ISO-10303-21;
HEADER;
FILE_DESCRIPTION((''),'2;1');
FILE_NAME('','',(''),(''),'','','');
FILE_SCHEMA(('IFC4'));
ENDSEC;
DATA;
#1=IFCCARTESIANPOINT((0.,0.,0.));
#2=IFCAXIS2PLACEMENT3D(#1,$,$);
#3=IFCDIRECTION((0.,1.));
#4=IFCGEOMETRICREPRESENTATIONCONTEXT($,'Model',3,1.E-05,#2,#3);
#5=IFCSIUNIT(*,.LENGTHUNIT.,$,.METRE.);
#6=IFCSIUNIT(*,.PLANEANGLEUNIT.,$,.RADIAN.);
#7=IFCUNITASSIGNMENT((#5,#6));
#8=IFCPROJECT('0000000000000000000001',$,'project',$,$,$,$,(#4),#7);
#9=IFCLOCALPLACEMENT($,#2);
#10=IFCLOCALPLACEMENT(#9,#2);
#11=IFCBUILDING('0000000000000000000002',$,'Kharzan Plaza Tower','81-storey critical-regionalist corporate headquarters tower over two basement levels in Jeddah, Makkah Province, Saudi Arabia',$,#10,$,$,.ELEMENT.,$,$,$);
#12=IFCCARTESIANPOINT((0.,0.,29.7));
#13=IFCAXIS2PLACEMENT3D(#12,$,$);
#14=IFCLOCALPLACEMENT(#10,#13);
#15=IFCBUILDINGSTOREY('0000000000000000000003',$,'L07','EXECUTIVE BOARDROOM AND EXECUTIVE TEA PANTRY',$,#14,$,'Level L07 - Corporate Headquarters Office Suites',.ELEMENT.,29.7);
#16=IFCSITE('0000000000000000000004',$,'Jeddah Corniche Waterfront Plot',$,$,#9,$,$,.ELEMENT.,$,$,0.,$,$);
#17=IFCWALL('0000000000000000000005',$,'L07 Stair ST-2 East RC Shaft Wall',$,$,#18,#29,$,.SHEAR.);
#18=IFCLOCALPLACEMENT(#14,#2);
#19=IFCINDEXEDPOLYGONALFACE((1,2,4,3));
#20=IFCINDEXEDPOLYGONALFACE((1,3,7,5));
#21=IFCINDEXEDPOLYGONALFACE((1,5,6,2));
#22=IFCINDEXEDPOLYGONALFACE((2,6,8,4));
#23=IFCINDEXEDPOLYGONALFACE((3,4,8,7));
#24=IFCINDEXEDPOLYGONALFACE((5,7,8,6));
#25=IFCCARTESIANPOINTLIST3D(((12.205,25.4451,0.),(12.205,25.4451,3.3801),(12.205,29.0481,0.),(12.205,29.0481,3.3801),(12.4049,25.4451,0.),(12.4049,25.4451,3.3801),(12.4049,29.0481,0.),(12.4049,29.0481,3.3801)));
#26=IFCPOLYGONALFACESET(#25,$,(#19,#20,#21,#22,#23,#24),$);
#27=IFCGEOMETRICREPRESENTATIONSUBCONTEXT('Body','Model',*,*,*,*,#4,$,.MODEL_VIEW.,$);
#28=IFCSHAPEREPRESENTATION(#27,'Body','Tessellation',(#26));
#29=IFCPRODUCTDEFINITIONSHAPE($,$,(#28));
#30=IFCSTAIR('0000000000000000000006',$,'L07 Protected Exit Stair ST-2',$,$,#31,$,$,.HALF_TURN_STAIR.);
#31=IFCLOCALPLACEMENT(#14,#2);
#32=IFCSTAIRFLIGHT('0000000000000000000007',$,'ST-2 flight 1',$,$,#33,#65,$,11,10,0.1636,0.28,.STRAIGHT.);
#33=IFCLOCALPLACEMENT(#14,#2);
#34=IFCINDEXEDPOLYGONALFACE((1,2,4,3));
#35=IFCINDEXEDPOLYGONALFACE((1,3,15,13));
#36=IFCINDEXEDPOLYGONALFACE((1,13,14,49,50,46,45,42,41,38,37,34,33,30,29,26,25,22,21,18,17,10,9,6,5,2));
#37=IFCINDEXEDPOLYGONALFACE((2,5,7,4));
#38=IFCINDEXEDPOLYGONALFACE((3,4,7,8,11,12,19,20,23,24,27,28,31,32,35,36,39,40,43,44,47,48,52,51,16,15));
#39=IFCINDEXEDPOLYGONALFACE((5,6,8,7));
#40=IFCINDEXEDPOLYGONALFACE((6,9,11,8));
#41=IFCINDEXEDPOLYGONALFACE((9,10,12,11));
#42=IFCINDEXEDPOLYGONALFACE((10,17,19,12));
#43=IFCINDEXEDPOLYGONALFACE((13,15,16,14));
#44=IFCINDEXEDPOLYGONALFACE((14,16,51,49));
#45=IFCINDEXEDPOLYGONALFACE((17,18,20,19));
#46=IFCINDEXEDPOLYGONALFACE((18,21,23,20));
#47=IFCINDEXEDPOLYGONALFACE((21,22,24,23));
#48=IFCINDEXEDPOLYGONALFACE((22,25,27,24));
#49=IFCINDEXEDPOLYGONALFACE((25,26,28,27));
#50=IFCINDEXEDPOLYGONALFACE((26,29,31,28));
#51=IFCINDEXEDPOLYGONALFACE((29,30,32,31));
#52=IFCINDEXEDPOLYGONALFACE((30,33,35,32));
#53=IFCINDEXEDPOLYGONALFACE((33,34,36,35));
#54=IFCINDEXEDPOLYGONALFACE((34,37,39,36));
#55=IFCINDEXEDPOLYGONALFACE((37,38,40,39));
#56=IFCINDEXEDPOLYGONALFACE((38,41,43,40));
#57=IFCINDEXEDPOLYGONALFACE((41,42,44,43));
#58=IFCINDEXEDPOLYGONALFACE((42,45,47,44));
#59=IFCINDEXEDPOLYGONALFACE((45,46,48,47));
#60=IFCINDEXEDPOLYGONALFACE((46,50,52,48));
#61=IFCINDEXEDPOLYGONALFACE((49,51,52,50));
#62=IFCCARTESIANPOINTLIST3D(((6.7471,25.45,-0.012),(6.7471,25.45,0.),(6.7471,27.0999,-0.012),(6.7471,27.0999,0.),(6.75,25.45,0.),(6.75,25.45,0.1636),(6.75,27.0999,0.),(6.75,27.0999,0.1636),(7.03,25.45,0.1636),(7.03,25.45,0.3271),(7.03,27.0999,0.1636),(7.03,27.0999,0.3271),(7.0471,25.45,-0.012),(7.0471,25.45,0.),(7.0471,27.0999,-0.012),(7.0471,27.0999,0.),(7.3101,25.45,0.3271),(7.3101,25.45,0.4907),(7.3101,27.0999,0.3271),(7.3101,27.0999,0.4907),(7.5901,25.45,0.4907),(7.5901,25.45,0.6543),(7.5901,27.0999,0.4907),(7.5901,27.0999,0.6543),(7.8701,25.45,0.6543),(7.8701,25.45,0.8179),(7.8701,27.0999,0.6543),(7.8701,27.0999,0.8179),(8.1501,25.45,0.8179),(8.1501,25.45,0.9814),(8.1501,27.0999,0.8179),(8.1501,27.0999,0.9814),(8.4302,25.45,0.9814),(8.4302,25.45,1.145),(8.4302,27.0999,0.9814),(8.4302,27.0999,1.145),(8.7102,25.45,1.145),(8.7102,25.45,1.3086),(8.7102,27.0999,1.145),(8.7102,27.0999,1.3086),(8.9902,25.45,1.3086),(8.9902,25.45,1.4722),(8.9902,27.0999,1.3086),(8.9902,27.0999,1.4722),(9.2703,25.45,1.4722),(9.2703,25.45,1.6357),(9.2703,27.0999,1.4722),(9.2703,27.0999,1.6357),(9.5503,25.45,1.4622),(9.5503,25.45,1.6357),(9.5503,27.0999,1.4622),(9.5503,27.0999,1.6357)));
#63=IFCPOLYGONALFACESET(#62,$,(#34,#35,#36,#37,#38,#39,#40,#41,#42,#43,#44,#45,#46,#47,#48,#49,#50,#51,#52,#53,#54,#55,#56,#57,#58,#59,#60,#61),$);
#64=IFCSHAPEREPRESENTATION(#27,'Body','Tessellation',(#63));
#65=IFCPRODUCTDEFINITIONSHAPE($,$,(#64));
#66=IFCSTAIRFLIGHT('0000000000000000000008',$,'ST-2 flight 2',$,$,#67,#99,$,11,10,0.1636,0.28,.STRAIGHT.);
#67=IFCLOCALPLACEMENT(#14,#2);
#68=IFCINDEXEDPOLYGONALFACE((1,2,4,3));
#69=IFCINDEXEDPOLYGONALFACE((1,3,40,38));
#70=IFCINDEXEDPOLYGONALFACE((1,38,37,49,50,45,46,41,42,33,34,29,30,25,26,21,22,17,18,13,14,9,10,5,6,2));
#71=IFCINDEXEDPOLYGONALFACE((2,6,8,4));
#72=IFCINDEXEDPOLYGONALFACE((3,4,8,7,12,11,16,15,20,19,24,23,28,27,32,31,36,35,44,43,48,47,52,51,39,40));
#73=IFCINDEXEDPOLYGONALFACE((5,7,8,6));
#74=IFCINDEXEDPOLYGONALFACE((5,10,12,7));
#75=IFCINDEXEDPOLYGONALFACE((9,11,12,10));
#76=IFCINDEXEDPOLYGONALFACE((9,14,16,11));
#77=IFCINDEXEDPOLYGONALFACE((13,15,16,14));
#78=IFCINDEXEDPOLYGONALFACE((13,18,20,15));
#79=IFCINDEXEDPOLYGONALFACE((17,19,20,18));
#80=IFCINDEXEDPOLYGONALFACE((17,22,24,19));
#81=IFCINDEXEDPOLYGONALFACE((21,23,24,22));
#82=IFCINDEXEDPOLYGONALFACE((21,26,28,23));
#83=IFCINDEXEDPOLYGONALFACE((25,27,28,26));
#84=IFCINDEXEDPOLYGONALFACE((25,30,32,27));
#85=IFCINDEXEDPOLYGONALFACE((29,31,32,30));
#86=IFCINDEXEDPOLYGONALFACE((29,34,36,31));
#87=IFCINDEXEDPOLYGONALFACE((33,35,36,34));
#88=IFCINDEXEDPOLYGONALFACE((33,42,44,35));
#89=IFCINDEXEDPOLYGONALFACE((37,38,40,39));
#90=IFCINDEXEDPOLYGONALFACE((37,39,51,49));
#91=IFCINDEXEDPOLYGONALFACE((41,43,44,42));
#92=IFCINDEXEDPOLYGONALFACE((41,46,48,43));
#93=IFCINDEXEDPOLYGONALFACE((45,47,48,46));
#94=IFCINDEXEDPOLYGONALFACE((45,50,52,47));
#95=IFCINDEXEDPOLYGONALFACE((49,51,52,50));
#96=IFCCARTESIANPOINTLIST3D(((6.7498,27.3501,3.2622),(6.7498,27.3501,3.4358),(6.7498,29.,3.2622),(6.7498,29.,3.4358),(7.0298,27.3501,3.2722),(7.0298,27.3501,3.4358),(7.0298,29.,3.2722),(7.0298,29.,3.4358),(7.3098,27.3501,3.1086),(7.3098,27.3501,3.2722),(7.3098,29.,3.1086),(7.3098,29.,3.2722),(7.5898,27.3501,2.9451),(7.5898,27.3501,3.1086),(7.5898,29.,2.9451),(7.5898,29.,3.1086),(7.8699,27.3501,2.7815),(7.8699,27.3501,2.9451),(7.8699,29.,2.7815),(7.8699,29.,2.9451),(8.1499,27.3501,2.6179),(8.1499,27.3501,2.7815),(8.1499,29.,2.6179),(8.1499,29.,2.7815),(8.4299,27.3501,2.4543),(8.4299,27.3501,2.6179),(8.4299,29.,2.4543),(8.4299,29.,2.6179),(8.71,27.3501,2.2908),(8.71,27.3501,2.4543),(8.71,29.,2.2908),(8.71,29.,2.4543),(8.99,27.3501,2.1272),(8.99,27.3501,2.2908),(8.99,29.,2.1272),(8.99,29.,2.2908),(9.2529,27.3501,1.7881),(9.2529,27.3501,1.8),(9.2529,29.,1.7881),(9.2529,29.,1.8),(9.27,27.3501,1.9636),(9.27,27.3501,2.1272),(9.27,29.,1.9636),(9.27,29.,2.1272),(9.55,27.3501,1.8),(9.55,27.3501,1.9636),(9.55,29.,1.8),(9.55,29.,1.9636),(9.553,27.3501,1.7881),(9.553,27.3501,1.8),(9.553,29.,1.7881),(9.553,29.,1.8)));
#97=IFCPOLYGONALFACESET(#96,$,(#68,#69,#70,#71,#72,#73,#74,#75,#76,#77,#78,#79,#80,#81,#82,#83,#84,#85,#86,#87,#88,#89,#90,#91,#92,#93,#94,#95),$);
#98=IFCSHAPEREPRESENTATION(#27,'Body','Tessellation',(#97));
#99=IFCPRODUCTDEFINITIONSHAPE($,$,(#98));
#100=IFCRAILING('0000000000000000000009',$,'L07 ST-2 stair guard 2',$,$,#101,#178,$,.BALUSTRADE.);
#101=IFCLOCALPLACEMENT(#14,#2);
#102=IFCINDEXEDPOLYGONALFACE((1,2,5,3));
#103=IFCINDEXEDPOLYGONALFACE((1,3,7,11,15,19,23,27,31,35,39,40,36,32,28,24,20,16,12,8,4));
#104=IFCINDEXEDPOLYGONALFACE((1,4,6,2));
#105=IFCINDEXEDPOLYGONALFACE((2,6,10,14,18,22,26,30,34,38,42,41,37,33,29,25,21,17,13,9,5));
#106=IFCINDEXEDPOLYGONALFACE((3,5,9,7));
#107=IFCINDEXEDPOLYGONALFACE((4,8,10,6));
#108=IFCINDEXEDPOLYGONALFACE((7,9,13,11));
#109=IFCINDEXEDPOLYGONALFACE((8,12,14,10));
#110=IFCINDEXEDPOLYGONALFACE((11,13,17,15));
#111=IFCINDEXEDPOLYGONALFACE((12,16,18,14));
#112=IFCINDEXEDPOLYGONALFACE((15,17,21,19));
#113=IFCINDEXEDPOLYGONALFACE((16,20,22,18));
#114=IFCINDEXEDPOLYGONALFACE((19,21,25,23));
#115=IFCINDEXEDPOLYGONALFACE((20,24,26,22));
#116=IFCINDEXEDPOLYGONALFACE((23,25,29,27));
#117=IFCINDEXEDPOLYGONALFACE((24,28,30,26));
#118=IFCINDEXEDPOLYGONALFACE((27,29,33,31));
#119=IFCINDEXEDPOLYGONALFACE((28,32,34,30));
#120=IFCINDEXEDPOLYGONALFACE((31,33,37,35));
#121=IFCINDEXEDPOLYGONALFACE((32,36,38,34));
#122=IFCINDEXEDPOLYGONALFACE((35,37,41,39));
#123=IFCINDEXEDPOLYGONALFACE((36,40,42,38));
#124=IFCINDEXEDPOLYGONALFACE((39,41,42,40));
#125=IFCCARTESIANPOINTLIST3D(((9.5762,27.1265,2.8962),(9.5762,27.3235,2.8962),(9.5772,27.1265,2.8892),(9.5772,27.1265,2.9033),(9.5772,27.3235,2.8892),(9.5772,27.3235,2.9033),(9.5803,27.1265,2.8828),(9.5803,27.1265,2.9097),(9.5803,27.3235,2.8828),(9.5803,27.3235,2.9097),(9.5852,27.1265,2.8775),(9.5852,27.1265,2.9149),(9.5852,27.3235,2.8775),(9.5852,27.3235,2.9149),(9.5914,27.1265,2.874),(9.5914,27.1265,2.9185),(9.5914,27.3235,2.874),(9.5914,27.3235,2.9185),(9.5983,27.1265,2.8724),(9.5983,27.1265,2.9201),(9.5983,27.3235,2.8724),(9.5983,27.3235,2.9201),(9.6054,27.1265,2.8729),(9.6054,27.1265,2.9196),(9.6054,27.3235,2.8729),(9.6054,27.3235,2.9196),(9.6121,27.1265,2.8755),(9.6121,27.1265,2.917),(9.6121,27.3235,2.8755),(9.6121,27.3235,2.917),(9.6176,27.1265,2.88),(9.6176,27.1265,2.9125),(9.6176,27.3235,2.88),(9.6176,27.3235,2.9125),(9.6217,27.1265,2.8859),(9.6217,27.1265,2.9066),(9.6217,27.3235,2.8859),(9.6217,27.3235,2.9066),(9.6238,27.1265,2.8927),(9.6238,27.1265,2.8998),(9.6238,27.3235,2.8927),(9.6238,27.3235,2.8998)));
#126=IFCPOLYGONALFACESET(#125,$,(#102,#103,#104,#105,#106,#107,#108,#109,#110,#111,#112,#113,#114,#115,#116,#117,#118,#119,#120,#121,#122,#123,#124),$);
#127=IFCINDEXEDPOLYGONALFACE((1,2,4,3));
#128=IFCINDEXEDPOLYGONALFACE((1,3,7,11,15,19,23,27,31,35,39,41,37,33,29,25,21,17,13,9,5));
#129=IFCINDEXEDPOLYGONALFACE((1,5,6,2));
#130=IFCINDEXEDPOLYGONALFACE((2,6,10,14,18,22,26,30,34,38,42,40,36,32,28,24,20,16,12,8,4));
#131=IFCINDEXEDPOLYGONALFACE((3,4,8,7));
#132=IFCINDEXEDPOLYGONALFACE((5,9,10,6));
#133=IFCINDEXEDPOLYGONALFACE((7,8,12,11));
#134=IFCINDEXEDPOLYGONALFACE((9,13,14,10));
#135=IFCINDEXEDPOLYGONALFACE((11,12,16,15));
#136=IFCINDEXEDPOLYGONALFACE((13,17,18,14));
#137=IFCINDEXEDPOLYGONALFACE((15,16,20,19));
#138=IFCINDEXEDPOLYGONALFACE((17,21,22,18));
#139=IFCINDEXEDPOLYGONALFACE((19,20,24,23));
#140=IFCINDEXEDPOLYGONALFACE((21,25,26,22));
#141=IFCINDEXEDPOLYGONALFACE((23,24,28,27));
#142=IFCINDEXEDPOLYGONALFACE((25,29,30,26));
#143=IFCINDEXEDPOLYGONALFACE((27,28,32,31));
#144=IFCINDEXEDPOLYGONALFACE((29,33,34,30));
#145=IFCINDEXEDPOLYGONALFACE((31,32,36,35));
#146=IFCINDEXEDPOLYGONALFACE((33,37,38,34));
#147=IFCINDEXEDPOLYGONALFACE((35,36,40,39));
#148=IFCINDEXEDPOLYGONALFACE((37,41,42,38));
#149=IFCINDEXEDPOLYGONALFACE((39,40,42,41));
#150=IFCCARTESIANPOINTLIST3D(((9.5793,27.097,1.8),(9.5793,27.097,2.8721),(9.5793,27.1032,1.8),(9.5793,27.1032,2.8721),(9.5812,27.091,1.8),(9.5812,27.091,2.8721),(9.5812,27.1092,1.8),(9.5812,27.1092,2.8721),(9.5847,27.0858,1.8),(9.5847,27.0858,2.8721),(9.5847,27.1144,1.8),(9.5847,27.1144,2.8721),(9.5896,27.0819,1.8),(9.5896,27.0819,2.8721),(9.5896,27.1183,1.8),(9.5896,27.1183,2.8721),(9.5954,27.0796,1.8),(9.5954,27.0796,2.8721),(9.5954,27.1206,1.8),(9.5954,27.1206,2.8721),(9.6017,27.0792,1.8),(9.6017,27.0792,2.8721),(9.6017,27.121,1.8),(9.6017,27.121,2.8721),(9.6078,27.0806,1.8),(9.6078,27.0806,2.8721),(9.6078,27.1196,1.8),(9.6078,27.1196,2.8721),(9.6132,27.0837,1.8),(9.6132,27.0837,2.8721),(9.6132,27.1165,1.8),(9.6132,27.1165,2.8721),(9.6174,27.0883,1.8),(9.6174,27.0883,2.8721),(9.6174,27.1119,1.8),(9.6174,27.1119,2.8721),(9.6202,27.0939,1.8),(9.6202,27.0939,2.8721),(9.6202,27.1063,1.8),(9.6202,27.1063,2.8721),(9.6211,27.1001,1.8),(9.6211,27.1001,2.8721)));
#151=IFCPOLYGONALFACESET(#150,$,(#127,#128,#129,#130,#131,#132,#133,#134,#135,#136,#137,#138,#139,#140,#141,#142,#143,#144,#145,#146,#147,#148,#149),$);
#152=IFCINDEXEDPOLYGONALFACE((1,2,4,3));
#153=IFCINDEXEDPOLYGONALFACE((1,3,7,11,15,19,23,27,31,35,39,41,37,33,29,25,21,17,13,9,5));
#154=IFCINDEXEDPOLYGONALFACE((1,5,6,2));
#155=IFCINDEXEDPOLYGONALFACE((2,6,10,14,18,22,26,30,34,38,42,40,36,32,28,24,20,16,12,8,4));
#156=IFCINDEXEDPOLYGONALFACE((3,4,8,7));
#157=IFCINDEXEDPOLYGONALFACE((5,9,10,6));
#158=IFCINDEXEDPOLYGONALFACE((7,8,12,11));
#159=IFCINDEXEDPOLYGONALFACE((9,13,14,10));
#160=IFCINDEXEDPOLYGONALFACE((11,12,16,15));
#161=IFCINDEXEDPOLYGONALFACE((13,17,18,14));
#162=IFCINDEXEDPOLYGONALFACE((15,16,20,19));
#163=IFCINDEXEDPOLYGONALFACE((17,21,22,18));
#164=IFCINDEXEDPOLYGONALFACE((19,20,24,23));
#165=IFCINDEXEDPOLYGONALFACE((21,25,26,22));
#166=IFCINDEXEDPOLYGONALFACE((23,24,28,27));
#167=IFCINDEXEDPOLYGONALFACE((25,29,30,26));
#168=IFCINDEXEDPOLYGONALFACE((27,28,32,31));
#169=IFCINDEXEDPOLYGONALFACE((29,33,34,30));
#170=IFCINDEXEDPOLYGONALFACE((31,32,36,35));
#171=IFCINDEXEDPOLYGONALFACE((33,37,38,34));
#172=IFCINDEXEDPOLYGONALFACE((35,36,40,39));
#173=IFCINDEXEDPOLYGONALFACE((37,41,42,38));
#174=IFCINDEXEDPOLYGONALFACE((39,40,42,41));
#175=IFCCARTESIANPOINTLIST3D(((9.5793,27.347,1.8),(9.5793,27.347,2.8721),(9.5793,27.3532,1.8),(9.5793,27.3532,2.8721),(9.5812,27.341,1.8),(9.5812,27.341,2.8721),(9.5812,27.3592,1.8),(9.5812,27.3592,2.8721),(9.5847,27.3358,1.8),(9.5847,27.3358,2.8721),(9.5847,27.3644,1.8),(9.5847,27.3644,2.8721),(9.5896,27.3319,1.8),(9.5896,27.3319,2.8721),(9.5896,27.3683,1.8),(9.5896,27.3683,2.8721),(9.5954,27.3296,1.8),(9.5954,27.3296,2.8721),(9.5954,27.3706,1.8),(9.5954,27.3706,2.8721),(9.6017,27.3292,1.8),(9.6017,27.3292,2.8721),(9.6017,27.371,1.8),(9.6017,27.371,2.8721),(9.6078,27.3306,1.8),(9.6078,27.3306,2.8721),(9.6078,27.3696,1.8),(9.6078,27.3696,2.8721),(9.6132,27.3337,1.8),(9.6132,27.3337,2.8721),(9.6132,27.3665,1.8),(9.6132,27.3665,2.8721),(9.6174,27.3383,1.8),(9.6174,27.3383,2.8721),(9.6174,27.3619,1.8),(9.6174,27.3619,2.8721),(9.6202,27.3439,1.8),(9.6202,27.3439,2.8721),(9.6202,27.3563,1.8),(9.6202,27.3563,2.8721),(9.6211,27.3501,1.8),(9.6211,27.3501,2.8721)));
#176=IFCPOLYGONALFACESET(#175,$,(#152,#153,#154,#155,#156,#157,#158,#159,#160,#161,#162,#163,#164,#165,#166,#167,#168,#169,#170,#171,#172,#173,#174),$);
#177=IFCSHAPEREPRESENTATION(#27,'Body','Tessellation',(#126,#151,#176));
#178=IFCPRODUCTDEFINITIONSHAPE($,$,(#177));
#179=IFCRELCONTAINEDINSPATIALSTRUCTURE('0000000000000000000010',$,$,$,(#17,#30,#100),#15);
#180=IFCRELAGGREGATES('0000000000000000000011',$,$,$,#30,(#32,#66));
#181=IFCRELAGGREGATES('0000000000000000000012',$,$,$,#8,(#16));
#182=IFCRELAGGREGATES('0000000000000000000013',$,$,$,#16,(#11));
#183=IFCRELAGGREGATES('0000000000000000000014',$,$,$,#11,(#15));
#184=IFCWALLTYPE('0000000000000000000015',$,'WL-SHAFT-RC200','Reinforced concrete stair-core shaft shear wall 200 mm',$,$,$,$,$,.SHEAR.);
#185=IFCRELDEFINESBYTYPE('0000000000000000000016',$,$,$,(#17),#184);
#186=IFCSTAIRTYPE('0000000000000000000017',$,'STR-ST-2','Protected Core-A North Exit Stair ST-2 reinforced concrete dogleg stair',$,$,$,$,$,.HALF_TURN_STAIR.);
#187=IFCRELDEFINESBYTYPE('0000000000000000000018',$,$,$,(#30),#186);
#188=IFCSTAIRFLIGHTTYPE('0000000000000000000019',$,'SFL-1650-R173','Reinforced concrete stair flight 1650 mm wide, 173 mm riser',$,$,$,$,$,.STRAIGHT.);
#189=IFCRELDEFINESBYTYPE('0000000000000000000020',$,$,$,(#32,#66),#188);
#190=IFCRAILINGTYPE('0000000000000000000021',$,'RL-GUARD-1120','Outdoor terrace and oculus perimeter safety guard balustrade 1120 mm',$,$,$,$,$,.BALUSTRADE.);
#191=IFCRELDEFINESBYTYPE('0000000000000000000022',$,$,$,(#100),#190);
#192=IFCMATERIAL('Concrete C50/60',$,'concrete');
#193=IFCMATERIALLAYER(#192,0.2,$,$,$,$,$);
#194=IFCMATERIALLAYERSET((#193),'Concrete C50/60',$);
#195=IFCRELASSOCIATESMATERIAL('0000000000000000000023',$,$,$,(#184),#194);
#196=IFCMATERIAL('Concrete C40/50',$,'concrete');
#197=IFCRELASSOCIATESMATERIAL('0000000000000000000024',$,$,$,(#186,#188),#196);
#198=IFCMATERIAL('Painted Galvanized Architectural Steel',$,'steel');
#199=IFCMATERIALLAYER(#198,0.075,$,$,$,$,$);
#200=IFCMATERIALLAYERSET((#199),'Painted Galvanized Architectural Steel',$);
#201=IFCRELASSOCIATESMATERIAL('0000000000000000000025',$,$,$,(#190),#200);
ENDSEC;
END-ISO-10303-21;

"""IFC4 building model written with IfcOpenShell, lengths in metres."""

from ifc_helpers import new_model, si_unit, direction, frame, frame_2d, origin, origin_2d, place, context, subcontext, project, spatial, polyline, rectangle, circle, outline, extrude, source, transform, mapped, material, layer, layer_set, type_object, element, aggregate, save


model = new_model("IFC4")

# Units and contexts
model_context = context("Model", 3, precision=1e-05, world=origin(), true_north=direction((0.0, 1.0)))
body_context = subcontext(model_context, "Body", "Model", "MODEL_VIEW")
ifc_project = project(units=[si_unit("LENGTHUNIT", "METRE"), si_unit("PLANEANGLEUNIT", "RADIAN")], contexts=[model_context])

# Site, building, storey
site_placement = place(None, origin())
site = spatial("IfcSite", under=ifc_project, at=site_placement, Name="Jeddah Corniche Waterfront Plot", CompositionType="ELEMENT", RefElevation=0.0)
building_placement = place(site_placement, origin())
building = spatial("IfcBuilding", under=site, at=building_placement, Name="Kharzan Plaza Tower", Description="81-storey critical-regionalist corporate headquarters tower over two basement levels in Jeddah, Makkah Province, Saudi Arabia", CompositionType="ELEMENT")
storey_placement = place(building_placement, frame((0.0, 0.0, 29.7)))
storey = spatial("IfcBuildingStorey", under=building, at=storey_placement, Name="L07", Description="EXECUTIVE BOARDROOM AND EXECUTIVE TEA PANTRY", LongName="Level L07 - Corporate Headquarters Office Suites", CompositionType="ELEMENT", Elevation=29.7)

# Shared definitions
ifc_material_1 = material(Name="Concrete C40/50", Category="concrete")

# Wall
ifc_material_2 = material(Name="Concrete C50/60", Category="concrete")
ifc_layer_1 = layer(ifc_material_2, 0.2)
ifc_layer_set_1 = layer_set([ifc_layer_1], Name="Concrete C50/60")
wall_type_1 = type_object("IfcWallType", Name="WL-SHAFT-RC200", Description="Reinforced concrete stair-core shaft shear wall 200 mm", PredefinedType="SHEAR", material=ifc_layer_set_1)
shared_shape_1 = source(origin(), body_context, "Body", "SweptSolid", [
    extrude(rectangle(XDim=3.603, YDim=0.2, at=frame_2d((1.8015, 0.0))), origin(), (0.0, 0.0, 1.0), 3.3801),
])
wall_1_placement = place(storey_placement, frame((12.3049, 25.4451, 0.0), z_axis=(0.0, 0.0, 1.0), x_axis=(0.0, 1.0, 0.0)))
element("IfcWall", 1, at=wall_1_placement, inside=storey, type_object=wall_type_1, Name="L07 Stair ST-2 East RC Shaft Wall", PredefinedType="SHEAR", context=body_context, shape_type="MappedRepresentation", body=[
    mapped(shared_shape_1, transform((0.0, 0.0, 0.0), x_axis=(1.0, 0.0, 0.0), y_axis=(0.0, 1.0, 0.0), z_axis=(0.0, 0.0, 1.0))),
])

# Stair, stair flights
stair_type = type_object("IfcStairType", Name="STR-ST-2", Description="Protected Core-A North Exit Stair ST-2 reinforced concrete dogleg stair", PredefinedType="HALF_TURN_STAIR", material=ifc_material_1)
stair_placement = place(storey_placement, origin())
stair = element("IfcStair", 2, at=stair_placement, inside=storey, type_object=stair_type, Name="L07 Protected Exit Stair ST-2", PredefinedType="HALF_TURN_STAIR")
stair_flight_type = type_object("IfcStairFlightType", Name="SFL-1650-R173", Description="Reinforced concrete stair flight 1650 mm wide, 173 mm riser", PredefinedType="STRAIGHT", material=ifc_material_1)
shared_shape_2 = source(origin(), body_context, "Body", "SweptSolid", [
    extrude(outline(polyline([(-0.0029, -0.012), (-0.0029, 0.0), (0.0, 0.0), (0.0, 0.1636), (0.28, 0.1636), (0.28, 0.3271), (0.5601, 0.3271), (0.5601, 0.4907), (0.8401, 0.4907), (0.8401, 0.6543), (1.1201, 0.6543), (1.1201, 0.8179), (1.4001, 0.8179), (1.4001, 0.9814), (1.6802, 0.9814), (1.6802, 1.145), (1.9602, 1.145), (1.9602, 1.3086), (2.2402, 1.3086), (2.2402, 1.4722), (2.5203, 1.4722), (2.5203, 1.6357), (2.8003, 1.6357), (2.8003, 1.7993), (2.8003, 1.4622), (0.2971, 0.0), (0.2971, -0.012), (-0.0029, -0.012)])), frame((0.0, 0.825, 0.0), z_axis=(0.0, -1.0, 0.0), x_axis=(1.0, 0.0, 0.0)), (0.0, 0.0, 1.0), 1.6499),
])
stair_flight_1_placement = place(storey_placement, frame((6.75, 26.2749, 0.0), z_axis=(0.0, 0.0, 1.0), x_axis=(1.0, 0.0, 0.0)))
stair_flight_1 = element("IfcStairFlight", 3, at=stair_flight_1_placement, type_object=stair_flight_type, Name="ST-2 flight 1", NumberOfRisers=11, NumberOfTreads=10, PredefinedType="STRAIGHT", RiserHeight=0.1636, TreadLength=0.28, context=body_context, shape_type="MappedRepresentation", body=[
    mapped(shared_shape_2, transform((0.0, 0.0, 0.0), x_axis=(1.0, 0.0, 0.0), y_axis=(0.0, 1.0, 0.0), z_axis=(0.0, 0.0, 1.0))),
])
stair_flight_2_placement = place(storey_placement, frame((9.55, 28.175, 1.8), z_axis=(0.0, 0.0, 1.0), x_axis=(-1.0, 0.0, 0.0)))
stair_flight_2 = element("IfcStairFlight", 4, at=stair_flight_2_placement, type_object=stair_flight_type, Name="ST-2 flight 2", NumberOfRisers=11, NumberOfTreads=10, PredefinedType="STRAIGHT", RiserHeight=0.1636, TreadLength=0.28, context=body_context, shape_type="MappedRepresentation", body=[
    mapped(shared_shape_2, transform((0.0, 0.0, 0.0), x_axis=(1.0, 0.0, 0.0), y_axis=(0.0, 1.0, 0.0), z_axis=(0.0, 0.0, 1.0))),
])
aggregate(stair, [stair_flight_1, stair_flight_2])

# Railing
ifc_material_3 = material(Name="Painted Galvanized Architectural Steel", Category="steel")
ifc_layer_2 = layer(ifc_material_3, 0.075)
ifc_layer_set_2 = layer_set([ifc_layer_2], Name="Painted Galvanized Architectural Steel")
railing_type_1 = type_object("IfcRailingType", Name="RL-GUARD-1120", Description="Outdoor terrace and oculus perimeter safety guard balustrade 1120 mm", PredefinedType="BALUSTRADE", material=ifc_layer_set_2)
shared_shape_3 = source(origin(), body_context, "Body", "SweptSolid", [
    extrude(circle(Radius=0.0239, at=origin_2d()), frame((0.0, 0.0264, 1.0962), z_axis=(0.0, 1.0, 0.0), x_axis=(-1.0, 0.0, 0.0)), (0.0, 0.0, 1.0), 0.197),
    extrude(circle(Radius=0.021, at=origin_2d()), origin(), (0.0, 0.0, 1.0), 1.072),
    extrude(circle(Radius=0.021, at=origin_2d()), frame((0.0, 0.25, 0.0)), (0.0, 0.0, 1.0), 1.072),
])
railing_1_placement = place(storey_placement, frame((9.6001, 27.1001, 1.8)))
element("IfcRailing", 5, at=railing_1_placement, inside=storey, type_object=railing_type_1, Name="L07 ST-2 stair guard 2", PredefinedType="BALUSTRADE", context=body_context, shape_type="MappedRepresentation", body=[
    mapped(shared_shape_3, transform((0.0, 0.0, 0.0), x_axis=(1.0, 0.0, 0.0), y_axis=(0.0, 1.0, 0.0), z_axis=(0.0, 0.0, 1.0))),
])

save(model, "model.ifc")
